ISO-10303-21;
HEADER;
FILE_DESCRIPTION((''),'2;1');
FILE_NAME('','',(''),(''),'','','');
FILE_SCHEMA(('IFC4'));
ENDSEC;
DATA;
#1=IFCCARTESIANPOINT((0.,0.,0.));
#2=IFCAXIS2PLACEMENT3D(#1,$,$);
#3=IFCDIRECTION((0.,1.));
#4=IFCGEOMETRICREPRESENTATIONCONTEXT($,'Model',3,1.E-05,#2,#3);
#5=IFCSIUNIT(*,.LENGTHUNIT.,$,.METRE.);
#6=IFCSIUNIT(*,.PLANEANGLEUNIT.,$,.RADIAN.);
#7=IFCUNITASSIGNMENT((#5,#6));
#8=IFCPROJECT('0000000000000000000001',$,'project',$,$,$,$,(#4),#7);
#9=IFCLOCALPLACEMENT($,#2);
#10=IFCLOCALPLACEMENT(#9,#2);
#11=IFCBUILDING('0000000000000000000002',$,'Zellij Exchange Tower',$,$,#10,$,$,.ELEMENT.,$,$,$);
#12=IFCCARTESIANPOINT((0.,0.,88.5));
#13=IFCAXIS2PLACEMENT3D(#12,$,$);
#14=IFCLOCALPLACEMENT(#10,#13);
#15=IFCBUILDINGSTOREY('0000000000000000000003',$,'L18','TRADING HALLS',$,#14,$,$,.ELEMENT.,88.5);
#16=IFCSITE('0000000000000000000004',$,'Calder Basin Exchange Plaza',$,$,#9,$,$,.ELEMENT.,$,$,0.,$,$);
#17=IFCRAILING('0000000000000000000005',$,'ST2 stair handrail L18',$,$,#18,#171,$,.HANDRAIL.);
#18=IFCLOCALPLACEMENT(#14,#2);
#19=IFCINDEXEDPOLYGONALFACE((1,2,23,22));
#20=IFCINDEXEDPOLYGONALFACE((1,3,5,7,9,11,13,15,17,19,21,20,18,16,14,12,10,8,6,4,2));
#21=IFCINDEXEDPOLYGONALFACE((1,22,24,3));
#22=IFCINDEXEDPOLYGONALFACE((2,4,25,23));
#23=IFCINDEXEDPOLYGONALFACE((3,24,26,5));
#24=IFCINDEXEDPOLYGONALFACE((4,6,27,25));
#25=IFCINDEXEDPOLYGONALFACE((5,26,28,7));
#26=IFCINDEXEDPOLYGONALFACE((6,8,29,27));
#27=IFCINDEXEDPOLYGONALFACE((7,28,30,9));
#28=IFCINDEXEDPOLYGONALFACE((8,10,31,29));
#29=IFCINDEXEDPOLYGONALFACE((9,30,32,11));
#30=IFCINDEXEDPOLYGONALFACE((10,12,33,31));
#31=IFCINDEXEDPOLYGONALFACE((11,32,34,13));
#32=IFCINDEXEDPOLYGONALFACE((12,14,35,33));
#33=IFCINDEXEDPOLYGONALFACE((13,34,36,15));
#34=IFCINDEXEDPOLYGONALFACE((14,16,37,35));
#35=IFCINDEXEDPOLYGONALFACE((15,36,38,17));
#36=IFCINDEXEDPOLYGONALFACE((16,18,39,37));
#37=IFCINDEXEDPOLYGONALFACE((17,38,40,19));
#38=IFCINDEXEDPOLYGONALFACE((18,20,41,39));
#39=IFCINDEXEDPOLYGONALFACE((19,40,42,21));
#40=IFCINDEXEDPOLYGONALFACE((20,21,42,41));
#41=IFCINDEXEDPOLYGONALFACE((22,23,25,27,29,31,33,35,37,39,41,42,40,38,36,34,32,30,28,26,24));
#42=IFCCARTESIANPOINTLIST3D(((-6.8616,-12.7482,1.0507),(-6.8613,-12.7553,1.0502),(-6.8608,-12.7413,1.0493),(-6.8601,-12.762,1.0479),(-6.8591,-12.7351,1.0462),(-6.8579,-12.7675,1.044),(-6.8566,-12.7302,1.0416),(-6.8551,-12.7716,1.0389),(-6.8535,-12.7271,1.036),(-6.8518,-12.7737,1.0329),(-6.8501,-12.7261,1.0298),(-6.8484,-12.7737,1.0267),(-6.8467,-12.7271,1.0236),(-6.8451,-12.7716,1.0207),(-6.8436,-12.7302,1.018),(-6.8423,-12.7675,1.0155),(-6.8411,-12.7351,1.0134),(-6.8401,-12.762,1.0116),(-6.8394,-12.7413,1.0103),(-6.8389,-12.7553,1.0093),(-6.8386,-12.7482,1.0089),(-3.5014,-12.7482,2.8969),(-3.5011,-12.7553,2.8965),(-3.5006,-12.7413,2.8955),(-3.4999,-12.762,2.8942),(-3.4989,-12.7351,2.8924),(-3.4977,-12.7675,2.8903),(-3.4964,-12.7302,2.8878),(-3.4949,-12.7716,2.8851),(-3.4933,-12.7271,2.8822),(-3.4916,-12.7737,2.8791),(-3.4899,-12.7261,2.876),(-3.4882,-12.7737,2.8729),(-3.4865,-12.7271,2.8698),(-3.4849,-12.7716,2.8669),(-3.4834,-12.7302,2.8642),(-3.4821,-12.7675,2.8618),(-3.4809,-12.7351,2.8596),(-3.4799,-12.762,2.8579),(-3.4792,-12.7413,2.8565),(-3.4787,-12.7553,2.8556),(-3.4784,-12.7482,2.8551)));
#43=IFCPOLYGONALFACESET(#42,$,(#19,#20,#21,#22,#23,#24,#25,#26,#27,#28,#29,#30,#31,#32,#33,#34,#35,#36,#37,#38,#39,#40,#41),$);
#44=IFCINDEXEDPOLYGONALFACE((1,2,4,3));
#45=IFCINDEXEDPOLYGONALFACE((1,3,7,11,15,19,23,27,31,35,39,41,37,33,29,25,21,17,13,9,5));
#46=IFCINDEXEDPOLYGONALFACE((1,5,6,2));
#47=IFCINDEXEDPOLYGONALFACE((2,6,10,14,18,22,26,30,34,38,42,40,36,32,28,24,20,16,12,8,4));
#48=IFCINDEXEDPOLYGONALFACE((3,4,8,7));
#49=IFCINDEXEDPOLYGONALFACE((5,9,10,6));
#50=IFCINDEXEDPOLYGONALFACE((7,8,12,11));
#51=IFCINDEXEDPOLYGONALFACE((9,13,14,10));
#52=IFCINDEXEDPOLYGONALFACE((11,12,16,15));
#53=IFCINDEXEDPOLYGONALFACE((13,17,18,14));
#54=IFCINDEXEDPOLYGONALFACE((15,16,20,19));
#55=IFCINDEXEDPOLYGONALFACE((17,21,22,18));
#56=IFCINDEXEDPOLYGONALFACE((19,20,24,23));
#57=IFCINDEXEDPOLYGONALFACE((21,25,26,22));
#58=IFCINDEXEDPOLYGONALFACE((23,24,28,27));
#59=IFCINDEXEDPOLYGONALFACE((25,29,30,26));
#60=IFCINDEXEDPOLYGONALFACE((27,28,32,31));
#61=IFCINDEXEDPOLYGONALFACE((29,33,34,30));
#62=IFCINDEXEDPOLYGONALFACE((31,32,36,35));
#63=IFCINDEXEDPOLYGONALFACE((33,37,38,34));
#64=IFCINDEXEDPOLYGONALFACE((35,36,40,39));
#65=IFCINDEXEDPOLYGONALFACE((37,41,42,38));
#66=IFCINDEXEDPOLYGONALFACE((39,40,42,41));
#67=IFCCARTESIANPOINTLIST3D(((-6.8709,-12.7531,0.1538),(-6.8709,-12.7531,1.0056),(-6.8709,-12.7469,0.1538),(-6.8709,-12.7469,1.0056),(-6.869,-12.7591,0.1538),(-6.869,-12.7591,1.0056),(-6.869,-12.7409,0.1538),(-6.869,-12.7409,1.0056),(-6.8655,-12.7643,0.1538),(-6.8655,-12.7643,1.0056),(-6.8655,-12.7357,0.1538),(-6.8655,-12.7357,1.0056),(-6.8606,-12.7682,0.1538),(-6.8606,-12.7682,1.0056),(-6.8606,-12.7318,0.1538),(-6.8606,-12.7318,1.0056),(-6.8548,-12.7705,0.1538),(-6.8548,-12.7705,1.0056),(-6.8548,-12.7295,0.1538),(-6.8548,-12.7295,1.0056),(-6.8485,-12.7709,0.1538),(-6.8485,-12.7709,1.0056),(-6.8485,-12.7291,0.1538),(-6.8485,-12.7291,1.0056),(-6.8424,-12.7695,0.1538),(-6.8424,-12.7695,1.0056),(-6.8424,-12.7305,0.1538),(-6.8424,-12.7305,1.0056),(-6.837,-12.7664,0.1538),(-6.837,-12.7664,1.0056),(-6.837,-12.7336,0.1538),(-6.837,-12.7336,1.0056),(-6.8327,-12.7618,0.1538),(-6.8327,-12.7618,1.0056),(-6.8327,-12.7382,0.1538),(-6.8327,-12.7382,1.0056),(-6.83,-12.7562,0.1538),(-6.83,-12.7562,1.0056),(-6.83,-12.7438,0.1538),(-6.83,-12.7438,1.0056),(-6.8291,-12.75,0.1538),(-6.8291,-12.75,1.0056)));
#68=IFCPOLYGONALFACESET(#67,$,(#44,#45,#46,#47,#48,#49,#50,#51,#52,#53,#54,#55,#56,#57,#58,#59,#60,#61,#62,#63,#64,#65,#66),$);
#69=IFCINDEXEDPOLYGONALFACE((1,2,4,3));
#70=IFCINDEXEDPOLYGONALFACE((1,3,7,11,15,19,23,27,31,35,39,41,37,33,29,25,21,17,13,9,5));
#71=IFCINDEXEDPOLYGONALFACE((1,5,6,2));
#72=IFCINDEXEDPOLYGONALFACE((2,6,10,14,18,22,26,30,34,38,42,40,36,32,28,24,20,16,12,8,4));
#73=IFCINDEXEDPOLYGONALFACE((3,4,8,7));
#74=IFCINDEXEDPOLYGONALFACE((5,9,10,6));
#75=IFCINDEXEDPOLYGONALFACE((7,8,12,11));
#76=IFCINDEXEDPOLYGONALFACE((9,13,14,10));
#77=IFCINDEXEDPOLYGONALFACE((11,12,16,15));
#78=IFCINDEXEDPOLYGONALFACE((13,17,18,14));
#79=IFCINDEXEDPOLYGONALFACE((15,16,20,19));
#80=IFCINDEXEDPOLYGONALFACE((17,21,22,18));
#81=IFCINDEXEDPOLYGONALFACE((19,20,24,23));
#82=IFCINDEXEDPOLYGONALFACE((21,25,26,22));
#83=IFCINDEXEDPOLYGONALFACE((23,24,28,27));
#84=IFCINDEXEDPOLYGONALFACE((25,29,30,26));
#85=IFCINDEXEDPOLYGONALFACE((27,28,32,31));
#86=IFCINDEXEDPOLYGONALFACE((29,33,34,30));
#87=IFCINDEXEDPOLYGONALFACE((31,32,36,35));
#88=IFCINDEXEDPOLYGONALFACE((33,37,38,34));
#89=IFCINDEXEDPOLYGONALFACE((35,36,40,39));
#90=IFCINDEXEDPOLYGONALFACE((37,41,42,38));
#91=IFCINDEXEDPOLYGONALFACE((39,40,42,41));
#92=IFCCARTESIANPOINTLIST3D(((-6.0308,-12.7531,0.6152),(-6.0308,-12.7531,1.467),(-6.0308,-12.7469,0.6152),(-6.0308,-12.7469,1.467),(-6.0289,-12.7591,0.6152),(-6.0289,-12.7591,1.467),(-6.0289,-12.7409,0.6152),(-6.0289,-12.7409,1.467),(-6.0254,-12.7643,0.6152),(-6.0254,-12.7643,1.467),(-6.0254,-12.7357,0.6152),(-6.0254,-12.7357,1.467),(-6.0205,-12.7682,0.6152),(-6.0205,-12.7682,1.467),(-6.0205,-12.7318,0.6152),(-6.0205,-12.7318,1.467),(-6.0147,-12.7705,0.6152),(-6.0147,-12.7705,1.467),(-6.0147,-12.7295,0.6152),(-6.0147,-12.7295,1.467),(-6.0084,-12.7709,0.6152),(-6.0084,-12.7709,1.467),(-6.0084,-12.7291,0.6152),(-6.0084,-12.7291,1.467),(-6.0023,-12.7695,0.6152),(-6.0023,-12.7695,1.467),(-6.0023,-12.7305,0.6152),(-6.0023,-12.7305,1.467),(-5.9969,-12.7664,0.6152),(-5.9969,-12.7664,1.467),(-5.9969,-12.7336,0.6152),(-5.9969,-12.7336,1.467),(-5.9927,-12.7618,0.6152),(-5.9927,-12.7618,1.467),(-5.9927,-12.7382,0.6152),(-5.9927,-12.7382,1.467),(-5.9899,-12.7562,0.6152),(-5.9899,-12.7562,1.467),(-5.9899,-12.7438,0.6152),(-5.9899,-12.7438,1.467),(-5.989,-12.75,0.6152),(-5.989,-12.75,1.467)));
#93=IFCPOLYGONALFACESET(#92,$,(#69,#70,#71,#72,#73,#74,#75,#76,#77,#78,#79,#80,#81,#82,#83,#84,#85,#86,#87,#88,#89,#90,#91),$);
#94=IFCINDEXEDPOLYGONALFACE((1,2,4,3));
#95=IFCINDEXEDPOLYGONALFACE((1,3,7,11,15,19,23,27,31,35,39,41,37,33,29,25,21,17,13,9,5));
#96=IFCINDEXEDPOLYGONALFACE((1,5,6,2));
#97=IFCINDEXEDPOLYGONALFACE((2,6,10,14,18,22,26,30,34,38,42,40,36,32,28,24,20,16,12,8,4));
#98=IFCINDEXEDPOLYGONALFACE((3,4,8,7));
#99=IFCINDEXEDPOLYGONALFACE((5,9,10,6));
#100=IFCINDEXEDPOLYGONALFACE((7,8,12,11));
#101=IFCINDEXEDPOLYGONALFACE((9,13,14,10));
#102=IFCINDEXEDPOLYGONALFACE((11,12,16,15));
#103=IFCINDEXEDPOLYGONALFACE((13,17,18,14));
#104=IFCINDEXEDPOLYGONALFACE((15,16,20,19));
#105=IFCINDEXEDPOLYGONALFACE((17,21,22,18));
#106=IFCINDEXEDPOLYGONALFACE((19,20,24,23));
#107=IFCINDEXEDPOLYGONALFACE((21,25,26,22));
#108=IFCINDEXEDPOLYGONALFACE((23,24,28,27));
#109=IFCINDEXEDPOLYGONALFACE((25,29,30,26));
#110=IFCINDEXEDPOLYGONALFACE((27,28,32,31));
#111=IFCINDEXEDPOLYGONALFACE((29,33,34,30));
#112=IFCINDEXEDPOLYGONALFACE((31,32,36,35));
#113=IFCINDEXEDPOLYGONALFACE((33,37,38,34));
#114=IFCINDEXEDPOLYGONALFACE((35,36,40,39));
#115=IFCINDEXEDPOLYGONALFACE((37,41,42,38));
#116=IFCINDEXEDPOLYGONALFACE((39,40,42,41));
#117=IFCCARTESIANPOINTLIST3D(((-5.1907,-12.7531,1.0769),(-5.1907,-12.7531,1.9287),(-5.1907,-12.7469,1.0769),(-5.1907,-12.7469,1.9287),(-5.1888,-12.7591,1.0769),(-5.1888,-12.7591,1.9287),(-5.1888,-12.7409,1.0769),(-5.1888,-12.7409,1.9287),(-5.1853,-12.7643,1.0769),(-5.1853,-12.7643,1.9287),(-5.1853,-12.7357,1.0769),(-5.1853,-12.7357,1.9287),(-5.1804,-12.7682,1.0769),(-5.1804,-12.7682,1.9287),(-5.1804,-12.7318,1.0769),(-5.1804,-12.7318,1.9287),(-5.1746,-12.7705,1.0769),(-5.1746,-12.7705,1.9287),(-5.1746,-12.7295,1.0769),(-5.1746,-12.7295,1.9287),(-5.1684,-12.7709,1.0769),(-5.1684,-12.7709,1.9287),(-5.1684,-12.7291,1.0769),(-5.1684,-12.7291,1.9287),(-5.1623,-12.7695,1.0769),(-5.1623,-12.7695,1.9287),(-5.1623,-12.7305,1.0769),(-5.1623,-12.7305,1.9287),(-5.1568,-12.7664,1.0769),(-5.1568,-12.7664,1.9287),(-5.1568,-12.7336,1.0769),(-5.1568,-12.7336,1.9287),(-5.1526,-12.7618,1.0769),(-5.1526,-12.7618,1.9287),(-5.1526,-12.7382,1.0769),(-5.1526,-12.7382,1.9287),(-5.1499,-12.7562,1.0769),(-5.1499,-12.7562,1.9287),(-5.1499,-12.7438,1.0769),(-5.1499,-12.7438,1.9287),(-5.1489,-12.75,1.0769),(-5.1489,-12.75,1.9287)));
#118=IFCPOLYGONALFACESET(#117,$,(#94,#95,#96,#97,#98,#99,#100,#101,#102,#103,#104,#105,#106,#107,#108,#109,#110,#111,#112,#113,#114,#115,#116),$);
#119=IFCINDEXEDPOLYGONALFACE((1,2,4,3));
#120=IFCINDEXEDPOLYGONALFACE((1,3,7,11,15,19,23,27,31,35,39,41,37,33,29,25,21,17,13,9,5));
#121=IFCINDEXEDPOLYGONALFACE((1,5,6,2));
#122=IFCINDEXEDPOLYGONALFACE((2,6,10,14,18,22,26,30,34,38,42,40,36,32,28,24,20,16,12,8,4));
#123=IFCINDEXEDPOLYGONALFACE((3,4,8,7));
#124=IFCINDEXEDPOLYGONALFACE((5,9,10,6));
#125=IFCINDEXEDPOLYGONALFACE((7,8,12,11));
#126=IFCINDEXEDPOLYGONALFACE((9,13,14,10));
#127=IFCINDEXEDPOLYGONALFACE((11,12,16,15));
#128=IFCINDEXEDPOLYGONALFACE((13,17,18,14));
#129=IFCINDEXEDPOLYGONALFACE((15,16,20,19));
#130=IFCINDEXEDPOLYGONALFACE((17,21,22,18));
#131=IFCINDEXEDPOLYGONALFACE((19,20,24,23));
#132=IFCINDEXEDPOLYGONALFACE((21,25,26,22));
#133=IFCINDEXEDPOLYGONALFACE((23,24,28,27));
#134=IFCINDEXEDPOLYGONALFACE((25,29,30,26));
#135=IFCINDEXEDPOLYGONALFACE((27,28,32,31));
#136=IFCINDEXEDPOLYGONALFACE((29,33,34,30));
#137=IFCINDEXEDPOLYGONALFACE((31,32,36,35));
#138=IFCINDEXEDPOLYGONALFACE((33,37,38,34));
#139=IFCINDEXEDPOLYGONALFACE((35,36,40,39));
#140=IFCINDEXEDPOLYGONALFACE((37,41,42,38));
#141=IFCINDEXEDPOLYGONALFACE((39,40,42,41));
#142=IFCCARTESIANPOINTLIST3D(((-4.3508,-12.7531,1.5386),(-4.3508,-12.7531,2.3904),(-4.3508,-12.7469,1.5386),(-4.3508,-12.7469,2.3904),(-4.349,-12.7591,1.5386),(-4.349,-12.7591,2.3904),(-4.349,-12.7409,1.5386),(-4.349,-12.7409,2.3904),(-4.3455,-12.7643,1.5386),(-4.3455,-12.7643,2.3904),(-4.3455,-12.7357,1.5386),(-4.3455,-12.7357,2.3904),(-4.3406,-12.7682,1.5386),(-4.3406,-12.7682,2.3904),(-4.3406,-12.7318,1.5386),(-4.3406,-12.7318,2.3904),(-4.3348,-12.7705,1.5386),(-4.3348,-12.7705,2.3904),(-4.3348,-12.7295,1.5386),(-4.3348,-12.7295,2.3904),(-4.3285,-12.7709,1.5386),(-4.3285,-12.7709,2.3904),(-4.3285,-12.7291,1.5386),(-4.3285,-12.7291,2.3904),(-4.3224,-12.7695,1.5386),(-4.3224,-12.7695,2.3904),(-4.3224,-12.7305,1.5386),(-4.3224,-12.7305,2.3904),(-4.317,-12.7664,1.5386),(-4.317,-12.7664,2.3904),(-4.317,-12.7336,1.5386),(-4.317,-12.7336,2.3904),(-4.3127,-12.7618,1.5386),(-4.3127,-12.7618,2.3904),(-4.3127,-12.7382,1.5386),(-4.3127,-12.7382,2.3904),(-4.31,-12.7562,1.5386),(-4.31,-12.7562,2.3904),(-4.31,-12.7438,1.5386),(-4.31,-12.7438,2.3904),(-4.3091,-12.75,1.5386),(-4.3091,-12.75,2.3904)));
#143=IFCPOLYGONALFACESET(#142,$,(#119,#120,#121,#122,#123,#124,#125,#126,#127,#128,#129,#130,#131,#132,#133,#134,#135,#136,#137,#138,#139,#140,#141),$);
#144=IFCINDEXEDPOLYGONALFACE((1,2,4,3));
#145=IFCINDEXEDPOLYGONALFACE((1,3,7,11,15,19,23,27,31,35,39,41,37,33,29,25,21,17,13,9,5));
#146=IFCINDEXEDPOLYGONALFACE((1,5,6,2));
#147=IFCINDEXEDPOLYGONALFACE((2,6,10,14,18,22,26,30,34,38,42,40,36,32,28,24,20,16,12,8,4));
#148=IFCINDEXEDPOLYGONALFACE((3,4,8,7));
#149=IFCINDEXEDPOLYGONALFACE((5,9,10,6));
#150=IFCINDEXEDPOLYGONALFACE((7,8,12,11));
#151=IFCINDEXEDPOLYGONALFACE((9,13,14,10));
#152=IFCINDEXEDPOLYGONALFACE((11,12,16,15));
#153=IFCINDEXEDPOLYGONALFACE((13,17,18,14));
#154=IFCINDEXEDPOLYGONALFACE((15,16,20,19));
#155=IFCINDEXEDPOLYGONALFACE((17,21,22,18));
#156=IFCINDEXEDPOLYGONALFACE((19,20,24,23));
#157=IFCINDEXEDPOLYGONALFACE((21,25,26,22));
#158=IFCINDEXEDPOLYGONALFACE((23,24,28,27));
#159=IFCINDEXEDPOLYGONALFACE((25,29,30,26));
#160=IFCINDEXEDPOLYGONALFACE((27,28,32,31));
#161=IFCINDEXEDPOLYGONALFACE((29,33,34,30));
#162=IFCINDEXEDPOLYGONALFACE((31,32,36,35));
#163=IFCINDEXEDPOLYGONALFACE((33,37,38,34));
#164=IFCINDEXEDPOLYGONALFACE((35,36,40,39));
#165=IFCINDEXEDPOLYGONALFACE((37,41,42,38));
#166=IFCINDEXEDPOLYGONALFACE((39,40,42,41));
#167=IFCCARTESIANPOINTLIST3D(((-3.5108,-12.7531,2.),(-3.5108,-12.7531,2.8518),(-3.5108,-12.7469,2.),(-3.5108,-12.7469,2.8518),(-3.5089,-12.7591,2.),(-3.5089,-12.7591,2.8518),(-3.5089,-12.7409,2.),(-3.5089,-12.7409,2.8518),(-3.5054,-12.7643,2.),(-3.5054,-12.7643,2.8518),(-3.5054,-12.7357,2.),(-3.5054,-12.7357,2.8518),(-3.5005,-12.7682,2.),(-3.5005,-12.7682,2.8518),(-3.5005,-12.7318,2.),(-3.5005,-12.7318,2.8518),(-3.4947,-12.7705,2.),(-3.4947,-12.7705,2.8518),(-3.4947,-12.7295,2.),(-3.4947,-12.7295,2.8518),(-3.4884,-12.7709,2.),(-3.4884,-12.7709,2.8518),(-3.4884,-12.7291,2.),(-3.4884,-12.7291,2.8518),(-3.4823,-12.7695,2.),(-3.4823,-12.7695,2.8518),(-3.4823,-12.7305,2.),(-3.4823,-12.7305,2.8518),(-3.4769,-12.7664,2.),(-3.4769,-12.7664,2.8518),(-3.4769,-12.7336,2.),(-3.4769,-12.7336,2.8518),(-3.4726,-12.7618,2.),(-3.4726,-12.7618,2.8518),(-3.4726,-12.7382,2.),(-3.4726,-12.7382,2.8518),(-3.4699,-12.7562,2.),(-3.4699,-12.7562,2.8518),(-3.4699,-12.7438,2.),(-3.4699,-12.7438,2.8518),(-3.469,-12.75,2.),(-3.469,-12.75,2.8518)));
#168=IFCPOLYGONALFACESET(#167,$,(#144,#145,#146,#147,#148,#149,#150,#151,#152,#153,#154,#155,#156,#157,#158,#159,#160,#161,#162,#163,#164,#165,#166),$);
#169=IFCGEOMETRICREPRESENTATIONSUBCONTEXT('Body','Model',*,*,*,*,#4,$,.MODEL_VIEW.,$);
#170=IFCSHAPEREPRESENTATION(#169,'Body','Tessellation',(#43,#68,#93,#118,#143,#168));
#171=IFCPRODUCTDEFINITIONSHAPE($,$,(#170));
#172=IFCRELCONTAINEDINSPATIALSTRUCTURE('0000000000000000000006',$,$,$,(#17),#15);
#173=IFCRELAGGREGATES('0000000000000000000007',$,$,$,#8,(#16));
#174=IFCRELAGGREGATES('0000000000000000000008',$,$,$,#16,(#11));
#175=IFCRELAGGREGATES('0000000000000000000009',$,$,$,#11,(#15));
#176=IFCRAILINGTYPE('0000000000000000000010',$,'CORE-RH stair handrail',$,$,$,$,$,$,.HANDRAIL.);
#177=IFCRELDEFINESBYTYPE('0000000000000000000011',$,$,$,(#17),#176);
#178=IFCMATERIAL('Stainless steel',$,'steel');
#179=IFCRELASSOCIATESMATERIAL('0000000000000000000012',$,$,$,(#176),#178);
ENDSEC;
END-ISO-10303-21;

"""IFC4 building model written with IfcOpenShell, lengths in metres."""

from ifc_helpers import new_model, si_unit, direction, frame, origin, origin_2d, place, context, subcontext, project, spatial, circle, extrude, material, type_object, element, save


model = new_model("IFC4")

# Units and contexts
model_context = context("Model", 3, precision=1e-05, world=origin(), true_north=direction((0.0, 1.0)))
body_context = subcontext(model_context, "Body", "Model", "MODEL_VIEW")
ifc_project = project(units=[si_unit("LENGTHUNIT", "METRE"), si_unit("PLANEANGLEUNIT", "RADIAN")], contexts=[model_context])

# Site, building, storey
site_placement = place(None, origin())
site = spatial("IfcSite", under=ifc_project, at=site_placement, Name="Calder Basin Exchange Plaza", CompositionType="ELEMENT", RefElevation=0.0)
building_placement = place(site_placement, origin())
building = spatial("IfcBuilding", under=site, at=building_placement, Name="Zellij Exchange Tower", CompositionType="ELEMENT")
storey_placement = place(building_placement, frame((0.0, 0.0, 88.5)))
storey = spatial("IfcBuildingStorey", under=building, at=storey_placement, Name="L18", Description="TRADING HALLS", CompositionType="ELEMENT", Elevation=88.5)

# Railing
ifc_material_1 = material(Name="Stainless steel", Category="steel")
railing_type_1 = type_object("IfcRailingType", Name="CORE-RH stair handrail", PredefinedType="HANDRAIL", material=ifc_material_1)
railing_1_placement = place(storey_placement, frame((-6.8501, -12.75, 0.1538)))
element("IfcRailing", 1, at=railing_1_placement, inside=storey, type_object=railing_type_1, Name="ST2 stair handrail L18", PredefinedType="HANDRAIL", context=body_context, shape_type="SweptSolid", body=[
    extrude(circle(Radius=0.0239, at=origin_2d()), frame((0.0, 0.0, 0.876), z_axis=(0.876422, 0.0, 0.481545), x_axis=(0.0, 1.0, 0.0)), (0.0, 0.0, 1.0), 3.834),
    extrude(circle(Radius=0.021, at=origin_2d()), origin(), (0.0, 0.0, 1.0), 0.8518),
    extrude(circle(Radius=0.021, at=origin_2d()), frame((0.8401, 0.0, 0.4614)), (0.0, 0.0, 1.0), 0.8518),
    extrude(circle(Radius=0.021, at=origin_2d()), frame((1.6802, 0.0, 0.9231)), (0.0, 0.0, 1.0), 0.8518),
    extrude(circle(Radius=0.021, at=origin_2d()), frame((2.52, 0.0, 1.3848)), (0.0, 0.0, 1.0), 0.8518),
    extrude(circle(Radius=0.021, at=origin_2d()), frame((3.3601, 0.0, 1.8462)), (0.0, 0.0, 1.0), 0.8518),
])

save(model, "model.ifc")
